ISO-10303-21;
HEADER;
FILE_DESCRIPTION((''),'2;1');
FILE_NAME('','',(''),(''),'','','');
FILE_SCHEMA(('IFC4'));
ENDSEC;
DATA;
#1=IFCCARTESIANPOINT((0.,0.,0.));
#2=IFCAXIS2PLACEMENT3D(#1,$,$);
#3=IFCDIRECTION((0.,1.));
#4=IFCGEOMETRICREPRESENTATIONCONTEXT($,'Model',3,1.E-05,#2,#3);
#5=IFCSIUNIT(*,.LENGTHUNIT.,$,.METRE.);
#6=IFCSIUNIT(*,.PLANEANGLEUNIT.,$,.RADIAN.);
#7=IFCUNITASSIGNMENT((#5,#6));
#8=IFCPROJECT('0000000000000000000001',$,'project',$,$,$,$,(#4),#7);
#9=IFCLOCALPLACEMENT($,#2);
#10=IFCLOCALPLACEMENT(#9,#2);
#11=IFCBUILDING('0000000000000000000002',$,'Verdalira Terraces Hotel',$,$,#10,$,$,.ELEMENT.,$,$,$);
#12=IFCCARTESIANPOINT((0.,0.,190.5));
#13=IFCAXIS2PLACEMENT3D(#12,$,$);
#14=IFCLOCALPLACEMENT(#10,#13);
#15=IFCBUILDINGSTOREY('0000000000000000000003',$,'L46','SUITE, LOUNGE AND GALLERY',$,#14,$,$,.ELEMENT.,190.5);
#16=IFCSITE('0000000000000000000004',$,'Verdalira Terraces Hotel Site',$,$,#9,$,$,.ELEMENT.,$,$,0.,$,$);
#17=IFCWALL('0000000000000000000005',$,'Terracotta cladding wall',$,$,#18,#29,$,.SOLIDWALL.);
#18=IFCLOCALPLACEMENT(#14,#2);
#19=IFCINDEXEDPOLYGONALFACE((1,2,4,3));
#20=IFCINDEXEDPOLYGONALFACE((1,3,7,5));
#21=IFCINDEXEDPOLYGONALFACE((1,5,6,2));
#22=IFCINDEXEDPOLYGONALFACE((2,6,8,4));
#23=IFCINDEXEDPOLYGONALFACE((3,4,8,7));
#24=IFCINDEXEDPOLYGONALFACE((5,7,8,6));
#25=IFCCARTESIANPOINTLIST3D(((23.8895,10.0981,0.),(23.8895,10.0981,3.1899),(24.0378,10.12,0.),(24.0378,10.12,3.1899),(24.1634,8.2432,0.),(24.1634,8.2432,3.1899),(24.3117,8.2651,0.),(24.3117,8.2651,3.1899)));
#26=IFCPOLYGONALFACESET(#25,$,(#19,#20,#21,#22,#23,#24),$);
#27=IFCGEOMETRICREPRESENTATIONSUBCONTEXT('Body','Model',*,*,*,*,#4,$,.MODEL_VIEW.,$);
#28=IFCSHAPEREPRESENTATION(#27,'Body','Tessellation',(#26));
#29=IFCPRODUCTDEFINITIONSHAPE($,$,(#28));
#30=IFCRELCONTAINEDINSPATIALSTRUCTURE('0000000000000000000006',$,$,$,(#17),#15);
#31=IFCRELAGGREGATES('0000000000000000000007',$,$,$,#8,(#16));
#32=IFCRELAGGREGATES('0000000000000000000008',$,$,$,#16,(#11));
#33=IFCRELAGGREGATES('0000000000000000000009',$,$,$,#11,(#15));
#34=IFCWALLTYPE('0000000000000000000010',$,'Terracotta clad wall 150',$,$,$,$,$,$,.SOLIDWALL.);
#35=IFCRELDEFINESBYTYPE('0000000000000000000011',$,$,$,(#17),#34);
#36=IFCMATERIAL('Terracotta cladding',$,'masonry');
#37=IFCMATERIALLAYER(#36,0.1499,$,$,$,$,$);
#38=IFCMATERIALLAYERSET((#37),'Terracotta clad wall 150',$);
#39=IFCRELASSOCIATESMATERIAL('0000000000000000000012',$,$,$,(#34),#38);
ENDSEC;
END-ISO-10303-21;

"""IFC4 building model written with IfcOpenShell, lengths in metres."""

from ifc_helpers import new_model, si_unit, direction, frame, frame_2d, origin, place, context, subcontext, project, spatial, rectangle, extrude, material, layer, layer_set, type_object, element, save


model = new_model("IFC4")

# Units and contexts
model_context = context("Model", 3, precision=1e-05, world=origin(), true_north=direction((0.0, 1.0)))
body_context = subcontext(model_context, "Body", "Model", "MODEL_VIEW")
ifc_project = project(units=[si_unit("LENGTHUNIT", "METRE"), si_unit("PLANEANGLEUNIT", "RADIAN")], contexts=[model_context])

# Site, building, storey
site_placement = place(None, origin())
site = spatial("IfcSite", under=ifc_project, at=site_placement, Name="Verdalira Terraces Hotel Site", CompositionType="ELEMENT", RefElevation=0.0)
building_placement = place(site_placement, origin())
building = spatial("IfcBuilding", under=site, at=building_placement, Name="Verdalira Terraces Hotel", CompositionType="ELEMENT")
storey_placement = place(building_placement, frame((0.0, 0.0, 190.5)))
storey = spatial("IfcBuildingStorey", under=building, at=storey_placement, Name="L46", Description="SUITE, LOUNGE AND GALLERY", CompositionType="ELEMENT", Elevation=190.5)

# Wall
ifc_material_1 = material(Name="Terracotta cladding", Category="masonry")
ifc_layer_1 = layer(ifc_material_1, 0.1499)
ifc_layer_set_1 = layer_set([ifc_layer_1], Name="Terracotta clad wall 150")
wall_type_1 = type_object("IfcWallType", Name="Terracotta clad wall 150", PredefinedType="SOLIDWALL", material=ifc_layer_set_1)
for number, where, z_axis, x_axis, name in (
    (1, (24.2375, 8.2541, 0.0), (0.0, 0.0, 1.0), (-0.146086, 0.989272, 0.0), "Terracotta cladding wall"),
):
    element("IfcWall", number, at=place(storey_placement, frame(where, z_axis=z_axis, x_axis=x_axis)), inside=storey, type_object=wall_type_1, Name=name, PredefinedType="SOLIDWALL", context=body_context, shape_type="SweptSolid", body=[
        extrude(rectangle(XDim=1.875, YDim=0.1499, at=frame_2d((0.9375, 0.0))), origin(), (0.0, 0.0, 1.0), 3.1899),
    ])

save(model, "model.ifc")
